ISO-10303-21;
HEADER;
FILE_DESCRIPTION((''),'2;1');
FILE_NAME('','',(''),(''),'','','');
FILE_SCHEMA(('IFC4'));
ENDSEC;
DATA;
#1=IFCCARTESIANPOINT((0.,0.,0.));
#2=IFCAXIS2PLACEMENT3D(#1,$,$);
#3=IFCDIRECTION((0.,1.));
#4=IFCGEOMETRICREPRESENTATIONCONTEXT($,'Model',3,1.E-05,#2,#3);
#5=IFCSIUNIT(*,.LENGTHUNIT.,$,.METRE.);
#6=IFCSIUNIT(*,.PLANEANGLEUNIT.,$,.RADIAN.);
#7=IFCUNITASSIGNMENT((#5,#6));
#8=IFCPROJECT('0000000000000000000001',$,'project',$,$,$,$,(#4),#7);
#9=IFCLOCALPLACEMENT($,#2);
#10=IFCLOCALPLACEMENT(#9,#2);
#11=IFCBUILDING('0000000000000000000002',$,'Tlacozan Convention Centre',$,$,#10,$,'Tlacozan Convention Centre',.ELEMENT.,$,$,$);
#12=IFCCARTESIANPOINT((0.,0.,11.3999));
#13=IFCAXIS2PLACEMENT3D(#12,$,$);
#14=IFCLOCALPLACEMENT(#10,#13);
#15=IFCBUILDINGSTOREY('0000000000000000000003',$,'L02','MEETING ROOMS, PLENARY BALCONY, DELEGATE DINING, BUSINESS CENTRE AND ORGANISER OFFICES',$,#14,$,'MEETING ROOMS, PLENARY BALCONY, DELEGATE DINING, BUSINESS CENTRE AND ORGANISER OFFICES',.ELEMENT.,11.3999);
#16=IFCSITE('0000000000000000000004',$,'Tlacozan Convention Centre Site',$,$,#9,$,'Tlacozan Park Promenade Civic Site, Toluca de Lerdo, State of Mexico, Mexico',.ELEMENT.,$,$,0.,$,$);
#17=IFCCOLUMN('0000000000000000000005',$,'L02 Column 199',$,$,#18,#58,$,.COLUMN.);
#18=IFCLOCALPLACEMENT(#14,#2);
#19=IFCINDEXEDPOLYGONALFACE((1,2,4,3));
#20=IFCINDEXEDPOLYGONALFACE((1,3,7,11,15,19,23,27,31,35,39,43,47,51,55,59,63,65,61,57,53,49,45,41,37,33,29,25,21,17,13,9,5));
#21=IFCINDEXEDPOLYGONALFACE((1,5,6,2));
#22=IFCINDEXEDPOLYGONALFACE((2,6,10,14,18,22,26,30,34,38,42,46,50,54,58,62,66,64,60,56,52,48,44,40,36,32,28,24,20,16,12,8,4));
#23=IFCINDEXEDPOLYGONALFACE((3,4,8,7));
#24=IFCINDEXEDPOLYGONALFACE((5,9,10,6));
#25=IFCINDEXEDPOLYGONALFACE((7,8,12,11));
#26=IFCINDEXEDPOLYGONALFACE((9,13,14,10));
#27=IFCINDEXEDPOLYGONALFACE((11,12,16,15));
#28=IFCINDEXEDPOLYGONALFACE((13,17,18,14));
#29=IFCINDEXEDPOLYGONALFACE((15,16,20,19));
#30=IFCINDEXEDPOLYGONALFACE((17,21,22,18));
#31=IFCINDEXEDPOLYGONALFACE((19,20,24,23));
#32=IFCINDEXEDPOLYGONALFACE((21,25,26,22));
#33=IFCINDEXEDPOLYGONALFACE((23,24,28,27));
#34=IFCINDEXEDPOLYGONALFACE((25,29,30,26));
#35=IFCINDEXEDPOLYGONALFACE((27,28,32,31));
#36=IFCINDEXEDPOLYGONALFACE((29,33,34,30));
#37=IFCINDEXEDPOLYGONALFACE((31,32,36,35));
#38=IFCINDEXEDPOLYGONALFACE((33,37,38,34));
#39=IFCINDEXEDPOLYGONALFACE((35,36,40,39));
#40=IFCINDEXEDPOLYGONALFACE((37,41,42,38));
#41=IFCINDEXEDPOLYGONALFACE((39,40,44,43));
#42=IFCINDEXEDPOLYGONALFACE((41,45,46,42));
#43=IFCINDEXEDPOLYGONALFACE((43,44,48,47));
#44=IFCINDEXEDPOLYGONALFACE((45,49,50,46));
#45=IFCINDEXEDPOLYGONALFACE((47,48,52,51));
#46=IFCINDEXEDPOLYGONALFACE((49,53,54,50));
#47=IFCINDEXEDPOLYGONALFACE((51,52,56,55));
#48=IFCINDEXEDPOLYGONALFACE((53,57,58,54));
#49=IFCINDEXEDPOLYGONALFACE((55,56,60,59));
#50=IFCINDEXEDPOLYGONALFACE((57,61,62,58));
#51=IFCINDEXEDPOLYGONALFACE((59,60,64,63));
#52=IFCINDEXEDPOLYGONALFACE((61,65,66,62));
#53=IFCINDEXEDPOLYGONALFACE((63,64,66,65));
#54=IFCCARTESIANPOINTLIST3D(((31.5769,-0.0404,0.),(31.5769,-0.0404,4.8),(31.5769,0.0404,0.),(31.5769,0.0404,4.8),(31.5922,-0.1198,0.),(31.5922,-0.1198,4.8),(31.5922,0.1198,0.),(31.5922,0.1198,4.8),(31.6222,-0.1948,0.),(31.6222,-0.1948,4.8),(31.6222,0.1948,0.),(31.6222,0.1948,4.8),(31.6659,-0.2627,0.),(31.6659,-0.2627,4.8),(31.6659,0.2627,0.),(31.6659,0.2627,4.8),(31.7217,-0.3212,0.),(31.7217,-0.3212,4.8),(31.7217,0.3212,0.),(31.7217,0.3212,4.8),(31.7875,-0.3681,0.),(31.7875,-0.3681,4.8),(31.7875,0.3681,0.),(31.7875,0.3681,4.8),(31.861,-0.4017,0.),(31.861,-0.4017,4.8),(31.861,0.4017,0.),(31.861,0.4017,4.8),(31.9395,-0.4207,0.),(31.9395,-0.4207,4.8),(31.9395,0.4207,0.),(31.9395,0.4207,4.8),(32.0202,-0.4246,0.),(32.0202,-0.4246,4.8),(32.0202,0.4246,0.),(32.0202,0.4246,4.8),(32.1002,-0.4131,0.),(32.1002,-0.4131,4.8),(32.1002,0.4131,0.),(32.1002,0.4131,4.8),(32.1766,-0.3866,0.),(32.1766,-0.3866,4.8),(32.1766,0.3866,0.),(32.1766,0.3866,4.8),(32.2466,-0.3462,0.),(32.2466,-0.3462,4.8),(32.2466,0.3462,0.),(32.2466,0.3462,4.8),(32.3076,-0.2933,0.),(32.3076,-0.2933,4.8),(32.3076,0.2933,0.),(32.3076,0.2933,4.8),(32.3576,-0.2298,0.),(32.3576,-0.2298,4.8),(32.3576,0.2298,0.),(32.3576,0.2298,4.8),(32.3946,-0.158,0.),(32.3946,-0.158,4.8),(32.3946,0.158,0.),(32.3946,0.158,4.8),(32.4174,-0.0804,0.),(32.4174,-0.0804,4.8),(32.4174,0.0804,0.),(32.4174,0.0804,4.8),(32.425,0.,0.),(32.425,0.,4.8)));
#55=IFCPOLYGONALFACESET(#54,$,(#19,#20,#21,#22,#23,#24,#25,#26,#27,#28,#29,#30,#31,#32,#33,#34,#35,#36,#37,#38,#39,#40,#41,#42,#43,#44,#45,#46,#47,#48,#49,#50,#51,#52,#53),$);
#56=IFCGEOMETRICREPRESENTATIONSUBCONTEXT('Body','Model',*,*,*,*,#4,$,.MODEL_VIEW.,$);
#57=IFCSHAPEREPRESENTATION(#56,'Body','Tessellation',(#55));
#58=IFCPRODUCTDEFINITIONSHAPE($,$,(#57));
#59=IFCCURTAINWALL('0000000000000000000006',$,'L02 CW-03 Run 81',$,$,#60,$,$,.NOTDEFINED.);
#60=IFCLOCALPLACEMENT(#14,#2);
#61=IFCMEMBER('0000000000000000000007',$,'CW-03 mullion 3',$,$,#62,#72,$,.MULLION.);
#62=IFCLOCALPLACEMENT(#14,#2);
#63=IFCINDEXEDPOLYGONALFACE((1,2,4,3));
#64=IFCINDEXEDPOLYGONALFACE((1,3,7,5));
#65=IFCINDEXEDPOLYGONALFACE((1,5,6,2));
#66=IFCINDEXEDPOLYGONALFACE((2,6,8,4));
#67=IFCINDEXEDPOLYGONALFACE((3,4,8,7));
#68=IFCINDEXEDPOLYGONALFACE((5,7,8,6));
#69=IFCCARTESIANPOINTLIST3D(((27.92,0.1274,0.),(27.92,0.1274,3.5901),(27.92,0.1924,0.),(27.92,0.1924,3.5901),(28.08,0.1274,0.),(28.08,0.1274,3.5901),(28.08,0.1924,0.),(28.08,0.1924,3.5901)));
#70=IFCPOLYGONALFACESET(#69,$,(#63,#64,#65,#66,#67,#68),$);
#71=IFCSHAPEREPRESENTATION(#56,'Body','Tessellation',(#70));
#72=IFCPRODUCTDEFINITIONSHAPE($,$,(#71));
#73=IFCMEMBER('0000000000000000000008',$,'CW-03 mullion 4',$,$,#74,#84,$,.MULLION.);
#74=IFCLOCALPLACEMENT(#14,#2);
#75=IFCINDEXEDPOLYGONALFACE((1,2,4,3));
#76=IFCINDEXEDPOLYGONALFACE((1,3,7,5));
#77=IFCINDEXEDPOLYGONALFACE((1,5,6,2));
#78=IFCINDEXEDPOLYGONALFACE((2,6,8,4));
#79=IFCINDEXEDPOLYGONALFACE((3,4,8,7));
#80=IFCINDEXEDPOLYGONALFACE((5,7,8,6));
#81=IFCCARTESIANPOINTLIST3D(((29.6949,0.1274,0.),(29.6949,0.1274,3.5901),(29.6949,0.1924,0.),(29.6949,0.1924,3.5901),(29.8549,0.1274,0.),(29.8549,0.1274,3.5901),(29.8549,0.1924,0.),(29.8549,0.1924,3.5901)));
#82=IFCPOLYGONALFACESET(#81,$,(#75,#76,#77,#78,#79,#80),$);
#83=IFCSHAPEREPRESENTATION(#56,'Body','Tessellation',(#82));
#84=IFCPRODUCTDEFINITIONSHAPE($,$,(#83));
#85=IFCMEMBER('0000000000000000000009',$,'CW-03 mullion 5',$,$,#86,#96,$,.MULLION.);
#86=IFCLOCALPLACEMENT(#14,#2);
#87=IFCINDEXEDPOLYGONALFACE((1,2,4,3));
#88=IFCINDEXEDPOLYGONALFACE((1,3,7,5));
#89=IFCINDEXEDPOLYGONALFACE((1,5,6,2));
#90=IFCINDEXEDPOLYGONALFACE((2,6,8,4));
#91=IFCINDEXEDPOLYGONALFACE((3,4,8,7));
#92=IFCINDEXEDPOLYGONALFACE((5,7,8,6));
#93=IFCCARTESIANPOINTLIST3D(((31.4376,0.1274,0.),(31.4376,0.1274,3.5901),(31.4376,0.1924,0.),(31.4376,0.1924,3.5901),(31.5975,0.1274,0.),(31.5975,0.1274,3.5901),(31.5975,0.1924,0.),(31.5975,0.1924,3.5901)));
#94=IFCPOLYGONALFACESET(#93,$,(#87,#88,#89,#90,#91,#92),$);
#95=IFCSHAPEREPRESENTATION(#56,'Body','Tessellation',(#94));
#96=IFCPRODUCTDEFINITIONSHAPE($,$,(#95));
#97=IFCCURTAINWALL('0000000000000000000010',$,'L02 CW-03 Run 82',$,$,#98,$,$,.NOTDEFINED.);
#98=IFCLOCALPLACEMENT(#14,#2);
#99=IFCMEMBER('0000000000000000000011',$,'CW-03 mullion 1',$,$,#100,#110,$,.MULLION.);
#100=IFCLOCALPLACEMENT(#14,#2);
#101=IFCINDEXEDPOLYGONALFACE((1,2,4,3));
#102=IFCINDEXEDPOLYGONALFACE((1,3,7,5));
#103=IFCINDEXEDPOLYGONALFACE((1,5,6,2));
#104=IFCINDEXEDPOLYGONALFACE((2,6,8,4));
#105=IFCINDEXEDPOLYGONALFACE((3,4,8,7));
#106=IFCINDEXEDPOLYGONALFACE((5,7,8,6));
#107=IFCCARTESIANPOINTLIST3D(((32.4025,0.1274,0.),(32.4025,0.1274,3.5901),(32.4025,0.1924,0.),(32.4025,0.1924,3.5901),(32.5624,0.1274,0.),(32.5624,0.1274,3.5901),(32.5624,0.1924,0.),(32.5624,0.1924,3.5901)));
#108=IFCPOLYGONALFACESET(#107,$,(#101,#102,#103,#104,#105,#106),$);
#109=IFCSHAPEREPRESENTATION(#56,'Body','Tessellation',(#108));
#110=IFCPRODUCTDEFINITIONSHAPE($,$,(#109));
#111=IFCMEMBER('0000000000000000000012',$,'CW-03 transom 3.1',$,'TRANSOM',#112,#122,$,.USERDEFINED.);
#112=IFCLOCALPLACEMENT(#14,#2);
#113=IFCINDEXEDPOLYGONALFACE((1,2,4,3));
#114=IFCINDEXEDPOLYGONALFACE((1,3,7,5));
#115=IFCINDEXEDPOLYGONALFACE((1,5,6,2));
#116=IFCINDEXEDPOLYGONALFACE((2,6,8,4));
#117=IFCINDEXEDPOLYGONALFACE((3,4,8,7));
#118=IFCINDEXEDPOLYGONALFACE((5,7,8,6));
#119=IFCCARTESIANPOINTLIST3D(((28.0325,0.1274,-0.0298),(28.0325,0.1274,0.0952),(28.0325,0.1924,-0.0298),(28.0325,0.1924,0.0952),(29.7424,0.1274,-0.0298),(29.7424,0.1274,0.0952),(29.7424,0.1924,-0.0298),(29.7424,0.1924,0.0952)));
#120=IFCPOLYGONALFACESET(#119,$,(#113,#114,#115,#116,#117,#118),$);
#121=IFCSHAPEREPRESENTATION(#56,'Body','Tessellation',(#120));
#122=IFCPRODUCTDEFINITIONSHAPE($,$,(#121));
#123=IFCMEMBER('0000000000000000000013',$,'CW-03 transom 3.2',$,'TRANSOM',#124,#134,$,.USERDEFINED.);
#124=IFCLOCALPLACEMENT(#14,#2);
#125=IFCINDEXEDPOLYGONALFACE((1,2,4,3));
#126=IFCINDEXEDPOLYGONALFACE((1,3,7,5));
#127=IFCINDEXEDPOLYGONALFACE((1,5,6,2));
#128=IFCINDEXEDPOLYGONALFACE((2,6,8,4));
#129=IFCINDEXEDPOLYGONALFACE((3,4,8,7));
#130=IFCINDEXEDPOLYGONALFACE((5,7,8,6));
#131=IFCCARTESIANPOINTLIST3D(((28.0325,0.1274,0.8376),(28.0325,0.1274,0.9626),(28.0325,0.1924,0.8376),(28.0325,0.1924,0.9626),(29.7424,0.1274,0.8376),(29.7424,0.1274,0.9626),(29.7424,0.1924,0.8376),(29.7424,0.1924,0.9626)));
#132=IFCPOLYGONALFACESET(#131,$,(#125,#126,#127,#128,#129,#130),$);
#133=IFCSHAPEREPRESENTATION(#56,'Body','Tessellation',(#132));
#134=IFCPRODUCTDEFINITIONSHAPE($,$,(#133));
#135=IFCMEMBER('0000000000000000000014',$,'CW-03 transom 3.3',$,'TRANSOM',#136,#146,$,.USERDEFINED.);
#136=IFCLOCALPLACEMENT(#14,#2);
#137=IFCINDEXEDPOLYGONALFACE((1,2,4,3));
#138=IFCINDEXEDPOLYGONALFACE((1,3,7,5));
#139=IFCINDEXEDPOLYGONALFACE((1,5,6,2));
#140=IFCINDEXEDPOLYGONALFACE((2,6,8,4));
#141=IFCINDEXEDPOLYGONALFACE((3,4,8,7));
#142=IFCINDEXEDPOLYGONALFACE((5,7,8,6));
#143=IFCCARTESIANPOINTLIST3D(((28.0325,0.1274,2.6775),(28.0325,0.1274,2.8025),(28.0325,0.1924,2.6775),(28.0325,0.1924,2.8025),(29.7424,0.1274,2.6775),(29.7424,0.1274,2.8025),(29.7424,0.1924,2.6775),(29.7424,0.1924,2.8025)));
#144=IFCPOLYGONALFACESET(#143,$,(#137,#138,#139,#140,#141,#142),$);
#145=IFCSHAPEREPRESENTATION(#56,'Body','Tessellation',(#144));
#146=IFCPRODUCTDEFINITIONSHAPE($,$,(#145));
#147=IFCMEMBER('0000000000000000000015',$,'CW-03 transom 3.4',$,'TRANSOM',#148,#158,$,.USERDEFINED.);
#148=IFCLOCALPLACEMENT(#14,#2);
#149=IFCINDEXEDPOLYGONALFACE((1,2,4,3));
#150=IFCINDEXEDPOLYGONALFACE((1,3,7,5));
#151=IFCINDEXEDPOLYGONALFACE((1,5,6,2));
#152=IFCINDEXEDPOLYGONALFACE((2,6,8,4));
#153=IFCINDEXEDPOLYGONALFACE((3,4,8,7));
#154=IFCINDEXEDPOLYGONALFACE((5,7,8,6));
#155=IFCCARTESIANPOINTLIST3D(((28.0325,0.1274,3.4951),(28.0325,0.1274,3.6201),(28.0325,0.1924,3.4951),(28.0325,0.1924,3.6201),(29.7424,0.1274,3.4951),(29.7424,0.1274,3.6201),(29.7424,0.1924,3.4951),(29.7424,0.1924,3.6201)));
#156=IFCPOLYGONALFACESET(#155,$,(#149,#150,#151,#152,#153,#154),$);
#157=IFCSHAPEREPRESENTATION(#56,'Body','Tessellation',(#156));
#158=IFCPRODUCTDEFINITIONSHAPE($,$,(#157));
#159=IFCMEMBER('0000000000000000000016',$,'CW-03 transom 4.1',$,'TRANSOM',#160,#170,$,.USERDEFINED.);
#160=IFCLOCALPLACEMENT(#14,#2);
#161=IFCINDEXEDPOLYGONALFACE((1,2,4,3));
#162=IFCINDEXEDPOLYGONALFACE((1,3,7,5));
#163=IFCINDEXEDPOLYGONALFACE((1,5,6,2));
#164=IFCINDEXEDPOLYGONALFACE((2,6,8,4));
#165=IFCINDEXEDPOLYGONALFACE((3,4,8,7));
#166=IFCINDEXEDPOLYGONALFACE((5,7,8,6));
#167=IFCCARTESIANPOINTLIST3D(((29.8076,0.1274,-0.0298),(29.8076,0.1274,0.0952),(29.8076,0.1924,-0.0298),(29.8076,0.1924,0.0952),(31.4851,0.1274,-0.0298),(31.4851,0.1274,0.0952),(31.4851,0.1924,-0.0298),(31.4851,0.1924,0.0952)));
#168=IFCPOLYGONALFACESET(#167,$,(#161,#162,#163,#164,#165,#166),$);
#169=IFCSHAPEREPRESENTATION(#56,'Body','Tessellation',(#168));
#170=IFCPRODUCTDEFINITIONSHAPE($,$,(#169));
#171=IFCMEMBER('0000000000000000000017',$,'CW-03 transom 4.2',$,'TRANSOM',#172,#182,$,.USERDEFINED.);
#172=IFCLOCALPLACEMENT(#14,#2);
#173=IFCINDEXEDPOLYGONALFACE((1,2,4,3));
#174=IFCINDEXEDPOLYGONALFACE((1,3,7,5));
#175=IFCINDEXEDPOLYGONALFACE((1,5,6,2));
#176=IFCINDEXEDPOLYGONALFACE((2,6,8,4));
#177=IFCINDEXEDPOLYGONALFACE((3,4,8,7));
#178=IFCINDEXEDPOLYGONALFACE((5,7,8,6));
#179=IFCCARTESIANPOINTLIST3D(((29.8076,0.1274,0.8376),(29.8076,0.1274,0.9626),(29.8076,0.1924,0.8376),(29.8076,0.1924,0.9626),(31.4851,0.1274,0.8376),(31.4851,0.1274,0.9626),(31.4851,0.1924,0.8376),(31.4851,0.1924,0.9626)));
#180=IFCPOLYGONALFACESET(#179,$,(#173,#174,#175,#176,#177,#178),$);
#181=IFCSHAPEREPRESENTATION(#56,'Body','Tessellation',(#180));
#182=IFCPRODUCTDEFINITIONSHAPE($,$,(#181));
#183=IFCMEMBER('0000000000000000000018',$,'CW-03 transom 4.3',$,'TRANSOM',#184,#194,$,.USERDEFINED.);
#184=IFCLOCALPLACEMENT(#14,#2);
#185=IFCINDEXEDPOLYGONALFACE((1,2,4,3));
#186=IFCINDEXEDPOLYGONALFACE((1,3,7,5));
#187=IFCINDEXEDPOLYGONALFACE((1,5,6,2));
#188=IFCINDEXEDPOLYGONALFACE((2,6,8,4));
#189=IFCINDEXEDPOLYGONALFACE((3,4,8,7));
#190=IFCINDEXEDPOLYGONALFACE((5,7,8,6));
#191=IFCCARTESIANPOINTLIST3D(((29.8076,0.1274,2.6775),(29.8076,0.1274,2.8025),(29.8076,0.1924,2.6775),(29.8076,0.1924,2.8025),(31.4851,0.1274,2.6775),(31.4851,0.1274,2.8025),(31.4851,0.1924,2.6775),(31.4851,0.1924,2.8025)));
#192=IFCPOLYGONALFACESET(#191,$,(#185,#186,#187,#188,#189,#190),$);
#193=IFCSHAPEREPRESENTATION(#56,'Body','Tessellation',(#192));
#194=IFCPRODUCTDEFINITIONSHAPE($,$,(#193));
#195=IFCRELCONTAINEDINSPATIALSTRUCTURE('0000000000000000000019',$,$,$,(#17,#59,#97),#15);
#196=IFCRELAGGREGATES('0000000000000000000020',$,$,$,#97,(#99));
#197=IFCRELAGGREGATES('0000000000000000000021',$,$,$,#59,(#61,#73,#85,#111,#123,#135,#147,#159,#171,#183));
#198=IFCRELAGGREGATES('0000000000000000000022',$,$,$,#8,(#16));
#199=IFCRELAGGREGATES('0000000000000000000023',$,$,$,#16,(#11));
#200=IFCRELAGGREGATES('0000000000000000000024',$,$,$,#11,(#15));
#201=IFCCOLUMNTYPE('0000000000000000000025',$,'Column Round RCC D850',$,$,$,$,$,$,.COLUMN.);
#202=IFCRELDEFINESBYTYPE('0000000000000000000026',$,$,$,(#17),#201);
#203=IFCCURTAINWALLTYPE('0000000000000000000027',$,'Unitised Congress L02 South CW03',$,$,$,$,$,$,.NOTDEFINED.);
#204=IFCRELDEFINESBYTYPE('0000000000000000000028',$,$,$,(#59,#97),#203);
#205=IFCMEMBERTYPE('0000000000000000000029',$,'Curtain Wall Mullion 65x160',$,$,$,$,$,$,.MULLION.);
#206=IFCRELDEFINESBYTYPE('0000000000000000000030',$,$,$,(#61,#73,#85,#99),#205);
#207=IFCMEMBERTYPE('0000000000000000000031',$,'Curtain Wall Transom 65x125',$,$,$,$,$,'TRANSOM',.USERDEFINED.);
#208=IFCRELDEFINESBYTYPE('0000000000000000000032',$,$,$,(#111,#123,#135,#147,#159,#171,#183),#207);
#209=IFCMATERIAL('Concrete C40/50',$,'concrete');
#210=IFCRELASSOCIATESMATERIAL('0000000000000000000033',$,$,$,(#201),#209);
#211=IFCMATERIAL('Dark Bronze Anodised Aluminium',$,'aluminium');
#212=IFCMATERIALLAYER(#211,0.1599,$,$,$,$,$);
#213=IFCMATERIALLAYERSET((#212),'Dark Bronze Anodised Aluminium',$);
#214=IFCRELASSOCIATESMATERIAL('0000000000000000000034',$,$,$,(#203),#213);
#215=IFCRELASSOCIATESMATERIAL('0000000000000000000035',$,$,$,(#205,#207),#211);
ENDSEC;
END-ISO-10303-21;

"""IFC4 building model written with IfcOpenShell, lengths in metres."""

from ifc_helpers import new_model, si_unit, direction, frame, origin, origin_2d, place, context, subcontext, project, spatial, rectangle, circle, extrude, material, layer, layer_set, material_profile, profile_set, type_object, element, aggregate, save


model = new_model("IFC4")

# Units and contexts
model_context = context("Model", 3, precision=1e-05, world=origin(), true_north=direction((0.0, 1.0)))
body_context = subcontext(model_context, "Body", "Model", "MODEL_VIEW")
ifc_project = project(units=[si_unit("LENGTHUNIT", "METRE"), si_unit("PLANEANGLEUNIT", "RADIAN")], contexts=[model_context])

# Site, building, storey
site_placement = place(None, origin())
site = spatial("IfcSite", under=ifc_project, at=site_placement, Name="Tlacozan Convention Centre Site", LongName="Tlacozan Park Promenade Civic Site, Toluca de Lerdo, State of Mexico, Mexico", CompositionType="ELEMENT", RefElevation=0.0)
building_placement = place(site_placement, origin())
building = spatial("IfcBuilding", under=site, at=building_placement, Name="Tlacozan Convention Centre", LongName="Tlacozan Convention Centre", CompositionType="ELEMENT")
storey_placement = place(building_placement, frame((0.0, 0.0, 11.3999)))
storey = spatial("IfcBuildingStorey", under=building, at=storey_placement, Name="L02", Description="MEETING ROOMS, PLENARY BALCONY, DELEGATE DINING, BUSINESS CENTRE AND ORGANISER OFFICES", LongName="MEETING ROOMS, PLENARY BALCONY, DELEGATE DINING, BUSINESS CENTRE AND ORGANISER OFFICES", CompositionType="ELEMENT", Elevation=11.3999)

# Column
ifc_material_1 = material(Name="Concrete C40/50", Category="concrete")
ifc_material_profile_1 = material_profile(ifc_material_1, circle(Radius=0.425, at=origin_2d()), Name="RCC D850")
ifc_profile_set_1 = profile_set([ifc_material_profile_1], Name="Concrete C40/50")
column_type = type_object("IfcColumnType", Name="Column Round RCC D850", PredefinedType="COLUMN", material=ifc_profile_set_1)
column_placement = place(storey_placement, frame((32.0, 0.0, 0.0), z_axis=(0.0, 0.0, 1.0), x_axis=(1.0, 0.0, 0.0)))
element("IfcColumn", 1, at=column_placement, inside=storey, type_object=column_type, Name="L02 Column 199", PredefinedType="COLUMN", context=body_context, shape_type="SweptSolid", body=[
    extrude(circle(Radius=0.425, at=origin_2d()), origin(), (0.0, 0.0, 1.0), 4.8),
])

# Curtain wall, members
ifc_material_2 = material(Name="Dark Bronze Anodised Aluminium", Category="aluminium")
ifc_layer_1 = layer(ifc_material_2, 0.1599)
ifc_layer_set_1 = layer_set([ifc_layer_1], Name="Dark Bronze Anodised Aluminium")
curtain_wall_type = type_object("IfcCurtainWallType", Name="Unitised Congress L02 South CW03", PredefinedType="NOTDEFINED", material=ifc_layer_set_1)
curtain_wall_1_placement = place(storey_placement, origin())
curtain_wall_1 = element("IfcCurtainWall", 2, at=curtain_wall_1_placement, inside=storey, type_object=curtain_wall_type, Name="L02 CW-03 Run 81", PredefinedType="NOTDEFINED")
ifc_material_profile_2 = material_profile(ifc_material_2, rectangle(XDim=0.0649, YDim=0.1599, at=origin_2d()), Name="ALU 65x160")
ifc_profile_set_2 = profile_set([ifc_material_profile_2], Name="Dark Bronze Anodised Aluminium")
member_type_1 = type_object("IfcMemberType", Name="Curtain Wall Mullion 65x160", PredefinedType="MULLION", material=ifc_profile_set_2)
member_1_placement = place(storey_placement, frame((28.0, 0.1599, 0.0), z_axis=(0.0, 0.0, 1.0), x_axis=(0.0, 1.0, 0.0)))
member_1 = element("IfcMember", 3, at=member_1_placement, type_object=member_type_1, Name="CW-03 mullion 3", PredefinedType="MULLION", context=body_context, shape_type="SweptSolid", body=[
    extrude(rectangle(XDim=0.0649, YDim=0.1599, at=origin_2d()), origin(), (0.0, 0.0, 1.0), 3.5901),
])
member_2_placement = place(storey_placement, frame((29.7749, 0.1599, 0.0), z_axis=(0.0, 0.0, 1.0), x_axis=(0.0, 1.0, 0.0)))
member_2 = element("IfcMember", 4, at=member_2_placement, type_object=member_type_1, Name="CW-03 mullion 4", PredefinedType="MULLION", context=body_context, shape_type="SweptSolid", body=[
    extrude(rectangle(XDim=0.0649, YDim=0.1599, at=origin_2d()), origin(), (0.0, 0.0, 1.0), 3.5901),
])
member_3_placement = place(storey_placement, frame((31.5176, 0.1599, 0.0), z_axis=(0.0, 0.0, 1.0), x_axis=(0.0, 1.0, 0.0)))
member_3 = element("IfcMember", 5, at=member_3_placement, type_object=member_type_1, Name="CW-03 mullion 5", PredefinedType="MULLION", context=body_context, shape_type="SweptSolid", body=[
    extrude(rectangle(XDim=0.0649, YDim=0.1599, at=origin_2d()), origin(), (0.0, 0.0, 1.0), 3.5901),
])

# Curtain wall, member
curtain_wall_2_placement = place(storey_placement, origin())
curtain_wall_2 = element("IfcCurtainWall", 6, at=curtain_wall_2_placement, inside=storey, type_object=curtain_wall_type, Name="L02 CW-03 Run 82", PredefinedType="NOTDEFINED")
member_4_placement = place(storey_placement, frame((32.4824, 0.1599, 0.0), z_axis=(0.0, 0.0, 1.0), x_axis=(0.0, 1.0, 0.0)))
member_4 = element("IfcMember", 7, at=member_4_placement, type_object=member_type_1, Name="CW-03 mullion 1", PredefinedType="MULLION", context=body_context, shape_type="SweptSolid", body=[
    extrude(rectangle(XDim=0.0649, YDim=0.1599, at=origin_2d()), origin(), (0.0, 0.0, 1.0), 3.5901),
])

# Members
ifc_material_profile_3 = material_profile(ifc_material_2, rectangle(XDim=0.0649, YDim=0.125, at=origin_2d()), Name="ALU 65x125")
ifc_profile_set_3 = profile_set([ifc_material_profile_3], Name="Dark Bronze Anodised Aluminium")
member_type_2 = type_object("IfcMemberType", Name="Curtain Wall Transom 65x125", ElementType="TRANSOM", PredefinedType="USERDEFINED", material=ifc_profile_set_3)
member_5_placement = place(storey_placement, frame((28.0325, 0.1599, 0.0327), z_axis=(1.0, 0.0, 0.0), x_axis=(0.0, 1.0, 0.0)))
member_5 = element("IfcMember", 8, at=member_5_placement, type_object=member_type_2, Name="CW-03 transom 3.1", ObjectType="TRANSOM", PredefinedType="USERDEFINED", context=body_context, shape_type="SweptSolid", body=[
    extrude(rectangle(XDim=0.0649, YDim=0.125, at=origin_2d()), origin(), (0.0, 0.0, 1.0), 1.71),
])
member_6_placement = place(storey_placement, frame((28.0325, 0.1599, 0.9001), z_axis=(1.0, 0.0, 0.0), x_axis=(0.0, 1.0, 0.0)))
member_6 = element("IfcMember", 9, at=member_6_placement, type_object=member_type_2, Name="CW-03 transom 3.2", ObjectType="TRANSOM", PredefinedType="USERDEFINED", context=body_context, shape_type="SweptSolid", body=[
    extrude(rectangle(XDim=0.0649, YDim=0.125, at=origin_2d()), origin(), (0.0, 0.0, 1.0), 1.71),
])
member_7_placement = place(storey_placement, frame((28.0325, 0.1599, 2.74), z_axis=(1.0, 0.0, 0.0), x_axis=(0.0, 1.0, 0.0)))
member_7 = element("IfcMember", 10, at=member_7_placement, type_object=member_type_2, Name="CW-03 transom 3.3", ObjectType="TRANSOM", PredefinedType="USERDEFINED", context=body_context, shape_type="SweptSolid", body=[
    extrude(rectangle(XDim=0.0649, YDim=0.125, at=origin_2d()), origin(), (0.0, 0.0, 1.0), 1.71),
])
member_8_placement = place(storey_placement, frame((28.0325, 0.1599, 3.5576), z_axis=(1.0, 0.0, 0.0), x_axis=(0.0, 1.0, 0.0)))
member_8 = element("IfcMember", 11, at=member_8_placement, type_object=member_type_2, Name="CW-03 transom 3.4", ObjectType="TRANSOM", PredefinedType="USERDEFINED", context=body_context, shape_type="SweptSolid", body=[
    extrude(rectangle(XDim=0.0649, YDim=0.125, at=origin_2d()), origin(), (0.0, 0.0, 1.0), 1.71),
])
member_9_placement = place(storey_placement, frame((29.8076, 0.1599, 0.0327), z_axis=(1.0, 0.0, 0.0), x_axis=(0.0, 1.0, 0.0)))
member_9 = element("IfcMember", 12, at=member_9_placement, type_object=member_type_2, Name="CW-03 transom 4.1", ObjectType="TRANSOM", PredefinedType="USERDEFINED", context=body_context, shape_type="SweptSolid", body=[
    extrude(rectangle(XDim=0.0649, YDim=0.125, at=origin_2d()), origin(), (0.0, 0.0, 1.0), 1.6775),
])
member_10_placement = place(storey_placement, frame((29.8076, 0.1599, 0.9001), z_axis=(1.0, 0.0, 0.0), x_axis=(0.0, 1.0, 0.0)))
member_10 = element("IfcMember", 13, at=member_10_placement, type_object=member_type_2, Name="CW-03 transom 4.2", ObjectType="TRANSOM", PredefinedType="USERDEFINED", context=body_context, shape_type="SweptSolid", body=[
    extrude(rectangle(XDim=0.0649, YDim=0.125, at=origin_2d()), origin(), (0.0, 0.0, 1.0), 1.6775),
])
member_11_placement = place(storey_placement, frame((29.8076, 0.1599, 2.74), z_axis=(1.0, 0.0, 0.0), x_axis=(0.0, 1.0, 0.0)))
member_11 = element("IfcMember", 14, at=member_11_placement, type_object=member_type_2, Name="CW-03 transom 4.3", ObjectType="TRANSOM", PredefinedType="USERDEFINED", context=body_context, shape_type="SweptSolid", body=[
    extrude(rectangle(XDim=0.0649, YDim=0.125, at=origin_2d()), origin(), (0.0, 0.0, 1.0), 1.6775),
])
aggregate(curtain_wall_2, [member_4])

aggregate(curtain_wall_1, [member_1, member_2, member_3, member_5, member_6, member_7, member_8, member_9, member_10, member_11])

save(model, "model.ifc")
